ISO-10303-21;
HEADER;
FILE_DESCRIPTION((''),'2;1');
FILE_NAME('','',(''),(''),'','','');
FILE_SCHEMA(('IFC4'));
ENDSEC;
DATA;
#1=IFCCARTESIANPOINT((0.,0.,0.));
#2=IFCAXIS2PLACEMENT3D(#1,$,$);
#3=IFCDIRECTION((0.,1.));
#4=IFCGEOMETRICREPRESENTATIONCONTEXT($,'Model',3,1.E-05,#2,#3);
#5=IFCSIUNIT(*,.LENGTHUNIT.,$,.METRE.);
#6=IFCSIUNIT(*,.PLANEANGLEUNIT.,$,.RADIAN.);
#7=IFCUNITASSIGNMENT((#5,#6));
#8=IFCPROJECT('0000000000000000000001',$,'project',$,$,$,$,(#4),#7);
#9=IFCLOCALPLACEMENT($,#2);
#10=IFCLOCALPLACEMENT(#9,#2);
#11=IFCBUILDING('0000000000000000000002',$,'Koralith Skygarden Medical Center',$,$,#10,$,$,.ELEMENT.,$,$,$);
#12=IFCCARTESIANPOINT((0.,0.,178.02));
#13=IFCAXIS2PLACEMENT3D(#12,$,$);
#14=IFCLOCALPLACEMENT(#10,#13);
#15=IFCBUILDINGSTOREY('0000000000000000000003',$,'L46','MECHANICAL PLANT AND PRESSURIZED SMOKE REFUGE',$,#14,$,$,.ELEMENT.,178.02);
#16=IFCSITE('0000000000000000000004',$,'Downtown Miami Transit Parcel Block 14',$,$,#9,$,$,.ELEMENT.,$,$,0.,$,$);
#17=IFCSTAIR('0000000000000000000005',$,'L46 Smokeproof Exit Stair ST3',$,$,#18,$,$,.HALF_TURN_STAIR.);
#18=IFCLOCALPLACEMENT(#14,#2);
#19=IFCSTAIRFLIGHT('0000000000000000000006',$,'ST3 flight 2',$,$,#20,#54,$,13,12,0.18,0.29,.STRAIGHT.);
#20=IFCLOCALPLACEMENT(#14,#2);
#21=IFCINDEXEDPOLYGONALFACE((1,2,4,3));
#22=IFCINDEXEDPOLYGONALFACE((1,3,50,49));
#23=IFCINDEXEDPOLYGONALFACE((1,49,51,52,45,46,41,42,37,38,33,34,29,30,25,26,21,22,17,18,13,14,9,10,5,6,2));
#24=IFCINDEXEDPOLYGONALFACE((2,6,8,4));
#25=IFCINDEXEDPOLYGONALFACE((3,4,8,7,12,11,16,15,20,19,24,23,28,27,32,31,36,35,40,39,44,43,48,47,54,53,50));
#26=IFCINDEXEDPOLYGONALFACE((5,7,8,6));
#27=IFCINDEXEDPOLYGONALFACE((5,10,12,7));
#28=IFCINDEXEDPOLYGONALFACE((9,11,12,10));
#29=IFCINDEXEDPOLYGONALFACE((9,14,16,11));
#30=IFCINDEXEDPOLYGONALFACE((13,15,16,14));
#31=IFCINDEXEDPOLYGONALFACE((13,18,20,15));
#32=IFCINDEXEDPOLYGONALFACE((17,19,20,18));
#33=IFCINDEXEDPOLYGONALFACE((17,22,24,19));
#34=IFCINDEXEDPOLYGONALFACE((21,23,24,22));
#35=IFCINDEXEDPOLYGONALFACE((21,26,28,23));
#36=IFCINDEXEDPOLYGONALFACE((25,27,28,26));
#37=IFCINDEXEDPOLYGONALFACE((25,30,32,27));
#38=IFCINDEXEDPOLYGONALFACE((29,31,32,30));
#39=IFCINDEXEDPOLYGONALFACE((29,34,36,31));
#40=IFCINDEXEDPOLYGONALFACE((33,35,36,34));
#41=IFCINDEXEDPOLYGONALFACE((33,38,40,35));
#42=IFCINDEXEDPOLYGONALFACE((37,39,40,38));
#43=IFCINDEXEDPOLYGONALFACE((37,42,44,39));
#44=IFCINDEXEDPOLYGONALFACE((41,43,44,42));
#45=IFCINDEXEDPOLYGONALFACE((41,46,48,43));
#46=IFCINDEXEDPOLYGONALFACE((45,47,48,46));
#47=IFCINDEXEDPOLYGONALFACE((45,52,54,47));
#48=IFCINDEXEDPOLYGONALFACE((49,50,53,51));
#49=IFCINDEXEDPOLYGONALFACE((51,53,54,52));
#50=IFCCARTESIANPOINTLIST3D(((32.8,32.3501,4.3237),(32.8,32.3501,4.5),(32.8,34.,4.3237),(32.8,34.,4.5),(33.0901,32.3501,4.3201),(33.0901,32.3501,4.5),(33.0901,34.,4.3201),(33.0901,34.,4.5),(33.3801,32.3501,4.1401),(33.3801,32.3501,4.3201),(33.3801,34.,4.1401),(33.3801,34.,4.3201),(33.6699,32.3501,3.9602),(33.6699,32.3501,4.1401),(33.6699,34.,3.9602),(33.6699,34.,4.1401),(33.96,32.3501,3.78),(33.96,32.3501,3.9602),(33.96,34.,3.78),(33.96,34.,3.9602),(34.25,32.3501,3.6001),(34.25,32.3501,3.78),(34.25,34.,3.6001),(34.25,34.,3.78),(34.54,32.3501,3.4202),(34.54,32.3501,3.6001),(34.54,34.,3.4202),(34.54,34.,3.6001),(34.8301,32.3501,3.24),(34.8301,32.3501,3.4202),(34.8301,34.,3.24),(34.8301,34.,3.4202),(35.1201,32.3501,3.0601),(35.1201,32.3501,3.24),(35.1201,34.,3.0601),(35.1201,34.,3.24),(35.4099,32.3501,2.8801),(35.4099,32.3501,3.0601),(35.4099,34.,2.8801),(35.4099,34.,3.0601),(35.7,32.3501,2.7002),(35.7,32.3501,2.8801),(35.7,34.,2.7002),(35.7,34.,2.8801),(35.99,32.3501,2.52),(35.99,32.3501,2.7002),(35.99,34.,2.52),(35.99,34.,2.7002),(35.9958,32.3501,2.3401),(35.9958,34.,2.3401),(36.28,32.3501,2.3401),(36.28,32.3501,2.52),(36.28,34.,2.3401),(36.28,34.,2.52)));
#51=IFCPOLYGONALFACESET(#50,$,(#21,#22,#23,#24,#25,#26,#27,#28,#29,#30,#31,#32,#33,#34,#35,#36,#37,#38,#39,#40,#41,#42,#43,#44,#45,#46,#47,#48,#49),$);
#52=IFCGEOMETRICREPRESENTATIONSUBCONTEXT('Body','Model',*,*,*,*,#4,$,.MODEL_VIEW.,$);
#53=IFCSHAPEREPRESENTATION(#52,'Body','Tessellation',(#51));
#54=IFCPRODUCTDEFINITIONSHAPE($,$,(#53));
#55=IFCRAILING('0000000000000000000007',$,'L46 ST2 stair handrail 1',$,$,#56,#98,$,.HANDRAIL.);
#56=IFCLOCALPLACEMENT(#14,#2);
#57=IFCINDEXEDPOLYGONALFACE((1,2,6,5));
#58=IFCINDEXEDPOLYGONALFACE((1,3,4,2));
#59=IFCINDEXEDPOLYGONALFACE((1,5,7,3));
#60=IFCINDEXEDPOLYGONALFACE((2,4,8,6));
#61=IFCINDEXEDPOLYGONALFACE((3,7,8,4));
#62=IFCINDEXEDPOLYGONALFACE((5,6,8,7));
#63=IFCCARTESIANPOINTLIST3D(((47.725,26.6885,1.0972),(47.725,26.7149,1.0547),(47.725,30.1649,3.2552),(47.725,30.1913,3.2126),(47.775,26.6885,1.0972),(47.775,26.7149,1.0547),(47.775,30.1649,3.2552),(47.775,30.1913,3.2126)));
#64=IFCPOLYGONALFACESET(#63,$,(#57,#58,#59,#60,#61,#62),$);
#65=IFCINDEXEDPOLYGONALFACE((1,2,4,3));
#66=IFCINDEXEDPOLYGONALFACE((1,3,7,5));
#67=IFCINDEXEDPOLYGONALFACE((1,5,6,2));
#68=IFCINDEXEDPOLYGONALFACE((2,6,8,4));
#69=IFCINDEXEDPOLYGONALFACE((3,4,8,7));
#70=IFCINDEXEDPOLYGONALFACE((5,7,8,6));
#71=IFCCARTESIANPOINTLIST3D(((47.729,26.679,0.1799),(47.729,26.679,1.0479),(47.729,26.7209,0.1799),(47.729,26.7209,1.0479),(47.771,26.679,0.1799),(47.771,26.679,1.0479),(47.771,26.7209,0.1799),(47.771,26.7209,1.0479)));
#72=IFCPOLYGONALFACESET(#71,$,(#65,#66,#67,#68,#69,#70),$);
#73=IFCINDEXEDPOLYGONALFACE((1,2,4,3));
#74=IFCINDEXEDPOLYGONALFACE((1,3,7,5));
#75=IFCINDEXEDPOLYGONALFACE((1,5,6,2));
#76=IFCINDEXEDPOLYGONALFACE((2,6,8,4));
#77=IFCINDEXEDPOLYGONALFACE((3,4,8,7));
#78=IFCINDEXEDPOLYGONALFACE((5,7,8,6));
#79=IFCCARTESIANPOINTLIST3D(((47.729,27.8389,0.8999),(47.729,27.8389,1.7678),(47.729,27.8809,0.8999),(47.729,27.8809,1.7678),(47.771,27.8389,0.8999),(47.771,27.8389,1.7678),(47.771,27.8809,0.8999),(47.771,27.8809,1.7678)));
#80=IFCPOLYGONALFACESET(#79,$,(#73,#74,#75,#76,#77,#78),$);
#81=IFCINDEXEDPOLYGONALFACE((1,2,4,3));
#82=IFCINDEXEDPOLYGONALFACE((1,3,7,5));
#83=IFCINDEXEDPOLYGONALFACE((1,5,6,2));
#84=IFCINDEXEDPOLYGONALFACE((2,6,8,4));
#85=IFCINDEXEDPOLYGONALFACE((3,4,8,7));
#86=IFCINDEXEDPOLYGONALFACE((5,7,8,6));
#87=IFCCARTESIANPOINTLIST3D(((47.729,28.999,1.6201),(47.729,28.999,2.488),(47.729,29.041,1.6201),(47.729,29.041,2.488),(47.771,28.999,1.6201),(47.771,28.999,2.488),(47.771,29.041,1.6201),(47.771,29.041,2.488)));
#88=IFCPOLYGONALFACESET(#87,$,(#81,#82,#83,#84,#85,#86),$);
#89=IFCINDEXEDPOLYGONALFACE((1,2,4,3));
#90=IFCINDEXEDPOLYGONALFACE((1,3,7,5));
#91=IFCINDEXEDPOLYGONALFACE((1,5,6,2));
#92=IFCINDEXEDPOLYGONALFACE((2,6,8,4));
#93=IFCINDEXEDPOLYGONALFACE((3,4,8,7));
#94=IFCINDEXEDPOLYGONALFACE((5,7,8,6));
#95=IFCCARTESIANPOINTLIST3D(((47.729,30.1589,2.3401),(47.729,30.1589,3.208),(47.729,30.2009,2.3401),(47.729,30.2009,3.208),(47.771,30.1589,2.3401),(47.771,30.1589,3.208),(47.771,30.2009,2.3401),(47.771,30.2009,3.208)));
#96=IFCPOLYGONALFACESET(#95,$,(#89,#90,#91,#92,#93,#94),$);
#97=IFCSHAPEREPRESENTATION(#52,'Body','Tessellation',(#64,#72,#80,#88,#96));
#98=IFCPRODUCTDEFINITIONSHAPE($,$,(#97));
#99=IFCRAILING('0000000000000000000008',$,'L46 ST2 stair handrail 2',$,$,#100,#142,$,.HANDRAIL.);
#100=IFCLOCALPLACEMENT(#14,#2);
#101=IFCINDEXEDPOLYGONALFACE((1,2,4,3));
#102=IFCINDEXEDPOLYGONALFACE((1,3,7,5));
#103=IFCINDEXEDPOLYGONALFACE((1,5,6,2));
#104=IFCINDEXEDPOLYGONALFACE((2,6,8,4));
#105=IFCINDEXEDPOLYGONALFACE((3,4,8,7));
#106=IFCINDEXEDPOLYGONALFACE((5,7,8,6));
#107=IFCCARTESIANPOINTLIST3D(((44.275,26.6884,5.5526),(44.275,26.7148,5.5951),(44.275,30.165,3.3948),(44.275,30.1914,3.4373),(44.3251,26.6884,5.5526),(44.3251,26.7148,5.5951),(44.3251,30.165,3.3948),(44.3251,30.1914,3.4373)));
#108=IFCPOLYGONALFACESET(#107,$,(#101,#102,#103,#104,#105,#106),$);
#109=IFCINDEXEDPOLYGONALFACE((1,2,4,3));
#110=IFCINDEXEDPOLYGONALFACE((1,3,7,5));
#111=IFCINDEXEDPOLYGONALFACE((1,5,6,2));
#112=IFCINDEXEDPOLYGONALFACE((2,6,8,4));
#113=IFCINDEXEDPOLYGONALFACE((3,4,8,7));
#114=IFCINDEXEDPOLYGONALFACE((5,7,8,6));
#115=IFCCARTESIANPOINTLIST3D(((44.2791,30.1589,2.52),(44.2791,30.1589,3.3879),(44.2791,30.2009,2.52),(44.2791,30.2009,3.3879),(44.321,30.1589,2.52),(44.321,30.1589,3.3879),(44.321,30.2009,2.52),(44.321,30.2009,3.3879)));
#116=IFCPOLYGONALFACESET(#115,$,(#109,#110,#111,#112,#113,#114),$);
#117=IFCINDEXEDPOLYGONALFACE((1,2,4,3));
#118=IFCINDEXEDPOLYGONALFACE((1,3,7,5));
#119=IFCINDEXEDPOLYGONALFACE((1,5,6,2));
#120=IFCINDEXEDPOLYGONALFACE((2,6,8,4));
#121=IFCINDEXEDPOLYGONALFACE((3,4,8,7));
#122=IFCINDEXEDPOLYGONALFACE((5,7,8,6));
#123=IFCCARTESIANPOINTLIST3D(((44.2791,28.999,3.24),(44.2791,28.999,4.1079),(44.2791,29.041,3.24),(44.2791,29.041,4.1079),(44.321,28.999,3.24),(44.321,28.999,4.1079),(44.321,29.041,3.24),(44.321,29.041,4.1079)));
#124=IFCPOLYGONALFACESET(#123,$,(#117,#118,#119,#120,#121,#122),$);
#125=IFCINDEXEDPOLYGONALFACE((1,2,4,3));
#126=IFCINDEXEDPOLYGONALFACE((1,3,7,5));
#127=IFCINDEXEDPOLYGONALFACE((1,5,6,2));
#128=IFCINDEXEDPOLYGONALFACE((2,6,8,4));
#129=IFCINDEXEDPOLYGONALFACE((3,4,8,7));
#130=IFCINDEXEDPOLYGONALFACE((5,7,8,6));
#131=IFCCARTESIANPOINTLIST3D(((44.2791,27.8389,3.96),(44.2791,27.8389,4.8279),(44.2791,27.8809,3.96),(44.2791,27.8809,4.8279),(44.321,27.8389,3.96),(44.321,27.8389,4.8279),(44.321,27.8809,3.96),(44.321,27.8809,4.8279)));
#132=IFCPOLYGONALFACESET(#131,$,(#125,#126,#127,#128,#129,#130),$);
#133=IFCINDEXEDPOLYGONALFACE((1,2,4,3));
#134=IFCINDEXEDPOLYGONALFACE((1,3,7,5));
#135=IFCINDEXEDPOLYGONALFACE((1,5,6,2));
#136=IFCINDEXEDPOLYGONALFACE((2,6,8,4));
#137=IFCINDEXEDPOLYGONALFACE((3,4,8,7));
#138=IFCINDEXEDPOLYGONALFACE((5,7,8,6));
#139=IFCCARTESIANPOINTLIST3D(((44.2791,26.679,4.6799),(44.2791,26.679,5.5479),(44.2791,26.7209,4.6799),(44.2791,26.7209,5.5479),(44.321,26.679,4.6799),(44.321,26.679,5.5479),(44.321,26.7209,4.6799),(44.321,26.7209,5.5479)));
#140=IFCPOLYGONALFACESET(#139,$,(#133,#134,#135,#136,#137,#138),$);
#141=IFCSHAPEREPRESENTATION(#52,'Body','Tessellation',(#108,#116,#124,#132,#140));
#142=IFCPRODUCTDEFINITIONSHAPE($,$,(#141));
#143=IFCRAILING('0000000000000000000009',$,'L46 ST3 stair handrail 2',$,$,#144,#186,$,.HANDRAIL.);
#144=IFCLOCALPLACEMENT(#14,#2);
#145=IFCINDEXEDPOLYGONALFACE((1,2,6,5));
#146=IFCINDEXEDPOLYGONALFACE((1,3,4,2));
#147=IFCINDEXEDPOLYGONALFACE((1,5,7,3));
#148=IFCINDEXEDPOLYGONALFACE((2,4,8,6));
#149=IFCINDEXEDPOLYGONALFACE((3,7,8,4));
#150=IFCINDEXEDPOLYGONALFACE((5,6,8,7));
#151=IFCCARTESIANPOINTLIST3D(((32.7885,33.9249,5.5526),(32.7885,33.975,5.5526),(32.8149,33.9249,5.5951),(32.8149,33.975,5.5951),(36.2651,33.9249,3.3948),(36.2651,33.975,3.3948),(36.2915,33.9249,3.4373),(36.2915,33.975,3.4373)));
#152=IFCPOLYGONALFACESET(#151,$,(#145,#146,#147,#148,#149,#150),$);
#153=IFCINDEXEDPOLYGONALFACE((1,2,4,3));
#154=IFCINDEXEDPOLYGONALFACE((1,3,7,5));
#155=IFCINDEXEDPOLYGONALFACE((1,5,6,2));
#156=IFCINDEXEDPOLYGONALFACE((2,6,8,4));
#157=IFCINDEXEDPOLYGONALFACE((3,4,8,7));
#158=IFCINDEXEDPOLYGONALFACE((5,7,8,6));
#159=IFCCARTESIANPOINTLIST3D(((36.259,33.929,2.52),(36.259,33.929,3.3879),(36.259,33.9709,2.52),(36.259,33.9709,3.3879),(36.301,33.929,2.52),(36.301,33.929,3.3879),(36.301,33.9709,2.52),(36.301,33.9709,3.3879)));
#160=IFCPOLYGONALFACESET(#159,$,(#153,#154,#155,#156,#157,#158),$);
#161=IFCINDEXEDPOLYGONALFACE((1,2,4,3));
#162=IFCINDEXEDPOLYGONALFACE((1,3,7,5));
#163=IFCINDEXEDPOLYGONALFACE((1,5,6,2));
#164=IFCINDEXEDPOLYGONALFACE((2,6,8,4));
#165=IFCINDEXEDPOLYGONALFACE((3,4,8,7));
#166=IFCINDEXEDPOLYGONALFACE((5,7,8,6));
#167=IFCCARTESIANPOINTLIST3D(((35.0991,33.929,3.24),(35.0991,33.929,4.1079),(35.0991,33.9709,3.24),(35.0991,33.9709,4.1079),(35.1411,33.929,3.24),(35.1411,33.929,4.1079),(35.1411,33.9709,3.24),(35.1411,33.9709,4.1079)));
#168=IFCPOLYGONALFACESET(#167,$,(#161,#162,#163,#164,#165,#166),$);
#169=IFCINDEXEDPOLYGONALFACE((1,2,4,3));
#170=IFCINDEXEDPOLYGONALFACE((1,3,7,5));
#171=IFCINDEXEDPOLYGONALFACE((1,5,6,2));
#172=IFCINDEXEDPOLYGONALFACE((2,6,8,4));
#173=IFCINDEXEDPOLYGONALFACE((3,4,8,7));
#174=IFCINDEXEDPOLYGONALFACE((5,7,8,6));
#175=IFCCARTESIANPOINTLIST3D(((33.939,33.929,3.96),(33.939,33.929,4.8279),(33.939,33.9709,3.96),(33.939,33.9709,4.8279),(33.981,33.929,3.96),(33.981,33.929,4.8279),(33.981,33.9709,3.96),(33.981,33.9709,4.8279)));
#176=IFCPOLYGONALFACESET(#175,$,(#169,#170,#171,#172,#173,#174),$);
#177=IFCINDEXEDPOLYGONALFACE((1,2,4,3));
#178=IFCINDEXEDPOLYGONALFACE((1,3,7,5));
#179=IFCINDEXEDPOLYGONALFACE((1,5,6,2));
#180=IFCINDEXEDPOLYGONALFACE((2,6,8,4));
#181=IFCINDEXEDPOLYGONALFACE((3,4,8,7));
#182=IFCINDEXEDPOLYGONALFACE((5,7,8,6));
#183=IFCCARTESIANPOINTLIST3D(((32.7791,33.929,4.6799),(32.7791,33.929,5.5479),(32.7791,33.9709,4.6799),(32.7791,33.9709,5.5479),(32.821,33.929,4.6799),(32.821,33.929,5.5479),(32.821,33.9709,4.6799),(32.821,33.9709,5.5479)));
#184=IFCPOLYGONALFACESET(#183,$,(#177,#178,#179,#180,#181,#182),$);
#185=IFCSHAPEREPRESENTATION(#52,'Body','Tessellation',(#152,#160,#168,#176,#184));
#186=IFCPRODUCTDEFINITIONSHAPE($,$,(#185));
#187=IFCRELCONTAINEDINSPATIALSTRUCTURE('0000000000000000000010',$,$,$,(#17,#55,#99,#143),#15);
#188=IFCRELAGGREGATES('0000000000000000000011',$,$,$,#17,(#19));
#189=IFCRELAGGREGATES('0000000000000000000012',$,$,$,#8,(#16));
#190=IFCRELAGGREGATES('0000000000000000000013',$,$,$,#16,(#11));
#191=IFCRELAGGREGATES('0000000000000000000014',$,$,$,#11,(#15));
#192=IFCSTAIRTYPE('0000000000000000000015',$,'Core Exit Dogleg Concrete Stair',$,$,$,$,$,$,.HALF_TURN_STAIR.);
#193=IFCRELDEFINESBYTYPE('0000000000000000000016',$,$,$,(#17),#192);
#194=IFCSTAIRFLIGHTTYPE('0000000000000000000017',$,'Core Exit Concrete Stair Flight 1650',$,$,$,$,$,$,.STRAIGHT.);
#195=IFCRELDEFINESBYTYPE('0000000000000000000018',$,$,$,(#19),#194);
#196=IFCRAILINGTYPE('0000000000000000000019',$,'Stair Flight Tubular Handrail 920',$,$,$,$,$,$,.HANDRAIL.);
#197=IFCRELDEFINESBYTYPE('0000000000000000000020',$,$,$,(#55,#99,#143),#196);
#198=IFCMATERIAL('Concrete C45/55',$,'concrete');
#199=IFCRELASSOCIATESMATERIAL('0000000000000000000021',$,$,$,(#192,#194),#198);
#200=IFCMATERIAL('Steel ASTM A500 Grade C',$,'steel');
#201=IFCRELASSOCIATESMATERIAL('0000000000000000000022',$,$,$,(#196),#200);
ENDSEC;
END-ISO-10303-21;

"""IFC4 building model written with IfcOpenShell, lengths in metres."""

from ifc_helpers import new_model, si_unit, direction, frame, origin, origin_2d, place, context, subcontext, project, spatial, polyline, rectangle, outline, extrude, material, type_object, element, aggregate, save


model = new_model("IFC4")

# Units and contexts
model_context = context("Model", 3, precision=1e-05, world=origin(), true_north=direction((0.0, 1.0)))
body_context = subcontext(model_context, "Body", "Model", "MODEL_VIEW")
ifc_project = project(units=[si_unit("LENGTHUNIT", "METRE"), si_unit("PLANEANGLEUNIT", "RADIAN")], contexts=[model_context])

# Site, building, storey
site_placement = place(None, origin())
site = spatial("IfcSite", under=ifc_project, at=site_placement, Name="Downtown Miami Transit Parcel Block 14", CompositionType="ELEMENT", RefElevation=0.0)
building_placement = place(site_placement, origin())
building = spatial("IfcBuilding", under=site, at=building_placement, Name="Koralith Skygarden Medical Center", CompositionType="ELEMENT")
storey_placement = place(building_placement, frame((0.0, 0.0, 178.02)))
storey = spatial("IfcBuildingStorey", under=building, at=storey_placement, Name="L46", Description="MECHANICAL PLANT AND PRESSURIZED SMOKE REFUGE", CompositionType="ELEMENT", Elevation=178.02)

# Shared definitions
ifc_material_1 = material(Name="Concrete C45/55", Category="concrete")

# Shared definitions
stair_type = type_object("IfcStairType", Name="Core Exit Dogleg Concrete Stair", PredefinedType="HALF_TURN_STAIR", material=ifc_material_1)
stair_flight_type = type_object("IfcStairFlightType", Name="Core Exit Concrete Stair Flight 1650", PredefinedType="STRAIGHT", material=ifc_material_1)

# Stair, stair flight
stair_1_placement = place(storey_placement, origin())
stair_1 = element("IfcStair", 1, at=stair_1_placement, inside=storey, type_object=stair_type, Name="L46 Smokeproof Exit Stair ST3", PredefinedType="HALF_TURN_STAIR")
stair_flight_1_placement = place(storey_placement, frame((36.28, 33.175, 2.3401), z_axis=(0.0, 0.0, 1.0), x_axis=(-1.0, 0.0, 0.0)))
stair_flight_1 = element("IfcStairFlight", 2, at=stair_flight_1_placement, type_object=stair_flight_type, Name="ST3 flight 2", NumberOfRisers=13, NumberOfTreads=12, PredefinedType="STRAIGHT", RiserHeight=0.18, TreadLength=0.29, context=body_context, shape_type="SweptSolid", body=[
    extrude(outline(polyline([(0.0, 0.0), (0.0, 0.1799), (0.29, 0.1799), (0.29, 0.3601), (0.5801, 0.3601), (0.5801, 0.54), (0.8701, 0.54), (0.8701, 0.72), (1.1599, 0.72), (1.1599, 0.8999), (1.45, 0.8999), (1.45, 1.0801), (1.74, 1.0801), (1.74, 1.26), (2.03, 1.26), (2.03, 1.4399), (2.3201, 1.4399), (2.3201, 1.6201), (2.6101, 1.6201), (2.6101, 1.8), (2.8999, 1.8), (2.8999, 1.98), (3.1899, 1.98), (3.1899, 2.1599), (3.48, 2.1599), (3.48, 2.3401), (3.48, 1.9836), (0.2842, 0.0), (0.0, 0.0)])), frame((0.0, 0.825, 0.0), z_axis=(0.0, -1.0, 0.0), x_axis=(1.0, 0.0, 0.0)), (0.0, 0.0, 1.0), 1.6499),
])
aggregate(stair_1, [stair_flight_1])

# Railings
ifc_material_2 = material(Name="Steel ASTM A500 Grade C", Category="steel")
railing_type_1 = type_object("IfcRailingType", Name="Stair Flight Tubular Handrail 920", PredefinedType="HANDRAIL", material=ifc_material_2)
railing_1_placement = place(storey_placement, frame((47.75, 26.7, 0.1799)))
element("IfcRailing", 3, at=railing_1_placement, inside=storey, type_object=railing_type_1, Name="L46 ST2 stair handrail 1", PredefinedType="HANDRAIL", context=body_context, shape_type="SweptSolid", body=[
    extrude(rectangle(XDim=0.05, YDim=0.05, at=origin_2d()), frame((0.0, 0.0017, 0.896), z_axis=(0.0, 0.849622, 0.527393), x_axis=(-1.0, 0.0, 0.0)), (0.0, 0.0, 1.0), 4.0918),
    extrude(rectangle(XDim=0.042, YDim=0.042, at=origin_2d()), origin(), (0.0, 0.0, 1.0), 0.8679),
    extrude(rectangle(XDim=0.042, YDim=0.042, at=origin_2d()), frame((0.0, 1.1599, 0.72)), (0.0, 0.0, 1.0), 0.8679),
    extrude(rectangle(XDim=0.042, YDim=0.042, at=origin_2d()), frame((0.0, 2.3201, 1.4402)), (0.0, 0.0, 1.0), 0.8679),
    extrude(rectangle(XDim=0.042, YDim=0.042, at=origin_2d()), frame((0.0, 3.48, 2.1602)), (0.0, 0.0, 1.0), 0.8679),
])
railing_2_placement = place(storey_placement, frame((44.3, 30.1799, 2.52)))
element("IfcRailing", 4, at=railing_2_placement, inside=storey, type_object=railing_type_1, Name="L46 ST2 stair handrail 2", PredefinedType="HANDRAIL", context=body_context, shape_type="SweptSolid", body=[
    extrude(rectangle(XDim=0.05, YDim=0.05, at=origin_2d()), frame((0.0, -0.0017, 0.896), z_axis=(0.0, -0.849648, 0.52735), x_axis=(1.0, 0.0, 0.0)), (0.0, 0.0, 1.0), 4.0918),
    extrude(rectangle(XDim=0.042, YDim=0.042, at=origin_2d()), origin(), (0.0, 0.0, 1.0), 0.8679),
    extrude(rectangle(XDim=0.042, YDim=0.042, at=origin_2d()), frame((0.0, -1.1599, 0.72)), (0.0, 0.0, 1.0), 0.8679),
    extrude(rectangle(XDim=0.042, YDim=0.042, at=origin_2d()), frame((0.0, -2.3201, 1.4399)), (0.0, 0.0, 1.0), 0.8679),
    extrude(rectangle(XDim=0.042, YDim=0.042, at=origin_2d()), frame((0.0, -3.48, 2.1599)), (0.0, 0.0, 1.0), 0.8679),
])
railing_3_placement = place(storey_placement, frame((36.28, 33.95, 2.52)))
element("IfcRailing", 5, at=railing_3_placement, inside=storey, type_object=railing_type_1, Name="L46 ST3 stair handrail 2", PredefinedType="HANDRAIL", context=body_context, shape_type="SweptSolid", body=[
    extrude(rectangle(XDim=0.05, YDim=0.05, at=origin_2d()), frame((-0.0017, 0.0, 0.896), z_axis=(-0.849648, 0.0, 0.52735), x_axis=(0.0, -1.0, 0.0)), (0.0, 0.0, 1.0), 4.0918),
    extrude(rectangle(XDim=0.042, YDim=0.042, at=origin_2d()), origin(), (0.0, 0.0, 1.0), 0.8679),
    extrude(rectangle(XDim=0.042, YDim=0.042, at=origin_2d()), frame((-1.1599, 0.0, 0.72)), (0.0, 0.0, 1.0), 0.8679),
    extrude(rectangle(XDim=0.042, YDim=0.042, at=origin_2d()), frame((-2.3201, 0.0, 1.4399)), (0.0, 0.0, 1.0), 0.8679),
    extrude(rectangle(XDim=0.042, YDim=0.042, at=origin_2d()), frame((-3.48, 0.0, 2.1599)), (0.0, 0.0, 1.0), 0.8679),
])

save(model, "model.ifc")
